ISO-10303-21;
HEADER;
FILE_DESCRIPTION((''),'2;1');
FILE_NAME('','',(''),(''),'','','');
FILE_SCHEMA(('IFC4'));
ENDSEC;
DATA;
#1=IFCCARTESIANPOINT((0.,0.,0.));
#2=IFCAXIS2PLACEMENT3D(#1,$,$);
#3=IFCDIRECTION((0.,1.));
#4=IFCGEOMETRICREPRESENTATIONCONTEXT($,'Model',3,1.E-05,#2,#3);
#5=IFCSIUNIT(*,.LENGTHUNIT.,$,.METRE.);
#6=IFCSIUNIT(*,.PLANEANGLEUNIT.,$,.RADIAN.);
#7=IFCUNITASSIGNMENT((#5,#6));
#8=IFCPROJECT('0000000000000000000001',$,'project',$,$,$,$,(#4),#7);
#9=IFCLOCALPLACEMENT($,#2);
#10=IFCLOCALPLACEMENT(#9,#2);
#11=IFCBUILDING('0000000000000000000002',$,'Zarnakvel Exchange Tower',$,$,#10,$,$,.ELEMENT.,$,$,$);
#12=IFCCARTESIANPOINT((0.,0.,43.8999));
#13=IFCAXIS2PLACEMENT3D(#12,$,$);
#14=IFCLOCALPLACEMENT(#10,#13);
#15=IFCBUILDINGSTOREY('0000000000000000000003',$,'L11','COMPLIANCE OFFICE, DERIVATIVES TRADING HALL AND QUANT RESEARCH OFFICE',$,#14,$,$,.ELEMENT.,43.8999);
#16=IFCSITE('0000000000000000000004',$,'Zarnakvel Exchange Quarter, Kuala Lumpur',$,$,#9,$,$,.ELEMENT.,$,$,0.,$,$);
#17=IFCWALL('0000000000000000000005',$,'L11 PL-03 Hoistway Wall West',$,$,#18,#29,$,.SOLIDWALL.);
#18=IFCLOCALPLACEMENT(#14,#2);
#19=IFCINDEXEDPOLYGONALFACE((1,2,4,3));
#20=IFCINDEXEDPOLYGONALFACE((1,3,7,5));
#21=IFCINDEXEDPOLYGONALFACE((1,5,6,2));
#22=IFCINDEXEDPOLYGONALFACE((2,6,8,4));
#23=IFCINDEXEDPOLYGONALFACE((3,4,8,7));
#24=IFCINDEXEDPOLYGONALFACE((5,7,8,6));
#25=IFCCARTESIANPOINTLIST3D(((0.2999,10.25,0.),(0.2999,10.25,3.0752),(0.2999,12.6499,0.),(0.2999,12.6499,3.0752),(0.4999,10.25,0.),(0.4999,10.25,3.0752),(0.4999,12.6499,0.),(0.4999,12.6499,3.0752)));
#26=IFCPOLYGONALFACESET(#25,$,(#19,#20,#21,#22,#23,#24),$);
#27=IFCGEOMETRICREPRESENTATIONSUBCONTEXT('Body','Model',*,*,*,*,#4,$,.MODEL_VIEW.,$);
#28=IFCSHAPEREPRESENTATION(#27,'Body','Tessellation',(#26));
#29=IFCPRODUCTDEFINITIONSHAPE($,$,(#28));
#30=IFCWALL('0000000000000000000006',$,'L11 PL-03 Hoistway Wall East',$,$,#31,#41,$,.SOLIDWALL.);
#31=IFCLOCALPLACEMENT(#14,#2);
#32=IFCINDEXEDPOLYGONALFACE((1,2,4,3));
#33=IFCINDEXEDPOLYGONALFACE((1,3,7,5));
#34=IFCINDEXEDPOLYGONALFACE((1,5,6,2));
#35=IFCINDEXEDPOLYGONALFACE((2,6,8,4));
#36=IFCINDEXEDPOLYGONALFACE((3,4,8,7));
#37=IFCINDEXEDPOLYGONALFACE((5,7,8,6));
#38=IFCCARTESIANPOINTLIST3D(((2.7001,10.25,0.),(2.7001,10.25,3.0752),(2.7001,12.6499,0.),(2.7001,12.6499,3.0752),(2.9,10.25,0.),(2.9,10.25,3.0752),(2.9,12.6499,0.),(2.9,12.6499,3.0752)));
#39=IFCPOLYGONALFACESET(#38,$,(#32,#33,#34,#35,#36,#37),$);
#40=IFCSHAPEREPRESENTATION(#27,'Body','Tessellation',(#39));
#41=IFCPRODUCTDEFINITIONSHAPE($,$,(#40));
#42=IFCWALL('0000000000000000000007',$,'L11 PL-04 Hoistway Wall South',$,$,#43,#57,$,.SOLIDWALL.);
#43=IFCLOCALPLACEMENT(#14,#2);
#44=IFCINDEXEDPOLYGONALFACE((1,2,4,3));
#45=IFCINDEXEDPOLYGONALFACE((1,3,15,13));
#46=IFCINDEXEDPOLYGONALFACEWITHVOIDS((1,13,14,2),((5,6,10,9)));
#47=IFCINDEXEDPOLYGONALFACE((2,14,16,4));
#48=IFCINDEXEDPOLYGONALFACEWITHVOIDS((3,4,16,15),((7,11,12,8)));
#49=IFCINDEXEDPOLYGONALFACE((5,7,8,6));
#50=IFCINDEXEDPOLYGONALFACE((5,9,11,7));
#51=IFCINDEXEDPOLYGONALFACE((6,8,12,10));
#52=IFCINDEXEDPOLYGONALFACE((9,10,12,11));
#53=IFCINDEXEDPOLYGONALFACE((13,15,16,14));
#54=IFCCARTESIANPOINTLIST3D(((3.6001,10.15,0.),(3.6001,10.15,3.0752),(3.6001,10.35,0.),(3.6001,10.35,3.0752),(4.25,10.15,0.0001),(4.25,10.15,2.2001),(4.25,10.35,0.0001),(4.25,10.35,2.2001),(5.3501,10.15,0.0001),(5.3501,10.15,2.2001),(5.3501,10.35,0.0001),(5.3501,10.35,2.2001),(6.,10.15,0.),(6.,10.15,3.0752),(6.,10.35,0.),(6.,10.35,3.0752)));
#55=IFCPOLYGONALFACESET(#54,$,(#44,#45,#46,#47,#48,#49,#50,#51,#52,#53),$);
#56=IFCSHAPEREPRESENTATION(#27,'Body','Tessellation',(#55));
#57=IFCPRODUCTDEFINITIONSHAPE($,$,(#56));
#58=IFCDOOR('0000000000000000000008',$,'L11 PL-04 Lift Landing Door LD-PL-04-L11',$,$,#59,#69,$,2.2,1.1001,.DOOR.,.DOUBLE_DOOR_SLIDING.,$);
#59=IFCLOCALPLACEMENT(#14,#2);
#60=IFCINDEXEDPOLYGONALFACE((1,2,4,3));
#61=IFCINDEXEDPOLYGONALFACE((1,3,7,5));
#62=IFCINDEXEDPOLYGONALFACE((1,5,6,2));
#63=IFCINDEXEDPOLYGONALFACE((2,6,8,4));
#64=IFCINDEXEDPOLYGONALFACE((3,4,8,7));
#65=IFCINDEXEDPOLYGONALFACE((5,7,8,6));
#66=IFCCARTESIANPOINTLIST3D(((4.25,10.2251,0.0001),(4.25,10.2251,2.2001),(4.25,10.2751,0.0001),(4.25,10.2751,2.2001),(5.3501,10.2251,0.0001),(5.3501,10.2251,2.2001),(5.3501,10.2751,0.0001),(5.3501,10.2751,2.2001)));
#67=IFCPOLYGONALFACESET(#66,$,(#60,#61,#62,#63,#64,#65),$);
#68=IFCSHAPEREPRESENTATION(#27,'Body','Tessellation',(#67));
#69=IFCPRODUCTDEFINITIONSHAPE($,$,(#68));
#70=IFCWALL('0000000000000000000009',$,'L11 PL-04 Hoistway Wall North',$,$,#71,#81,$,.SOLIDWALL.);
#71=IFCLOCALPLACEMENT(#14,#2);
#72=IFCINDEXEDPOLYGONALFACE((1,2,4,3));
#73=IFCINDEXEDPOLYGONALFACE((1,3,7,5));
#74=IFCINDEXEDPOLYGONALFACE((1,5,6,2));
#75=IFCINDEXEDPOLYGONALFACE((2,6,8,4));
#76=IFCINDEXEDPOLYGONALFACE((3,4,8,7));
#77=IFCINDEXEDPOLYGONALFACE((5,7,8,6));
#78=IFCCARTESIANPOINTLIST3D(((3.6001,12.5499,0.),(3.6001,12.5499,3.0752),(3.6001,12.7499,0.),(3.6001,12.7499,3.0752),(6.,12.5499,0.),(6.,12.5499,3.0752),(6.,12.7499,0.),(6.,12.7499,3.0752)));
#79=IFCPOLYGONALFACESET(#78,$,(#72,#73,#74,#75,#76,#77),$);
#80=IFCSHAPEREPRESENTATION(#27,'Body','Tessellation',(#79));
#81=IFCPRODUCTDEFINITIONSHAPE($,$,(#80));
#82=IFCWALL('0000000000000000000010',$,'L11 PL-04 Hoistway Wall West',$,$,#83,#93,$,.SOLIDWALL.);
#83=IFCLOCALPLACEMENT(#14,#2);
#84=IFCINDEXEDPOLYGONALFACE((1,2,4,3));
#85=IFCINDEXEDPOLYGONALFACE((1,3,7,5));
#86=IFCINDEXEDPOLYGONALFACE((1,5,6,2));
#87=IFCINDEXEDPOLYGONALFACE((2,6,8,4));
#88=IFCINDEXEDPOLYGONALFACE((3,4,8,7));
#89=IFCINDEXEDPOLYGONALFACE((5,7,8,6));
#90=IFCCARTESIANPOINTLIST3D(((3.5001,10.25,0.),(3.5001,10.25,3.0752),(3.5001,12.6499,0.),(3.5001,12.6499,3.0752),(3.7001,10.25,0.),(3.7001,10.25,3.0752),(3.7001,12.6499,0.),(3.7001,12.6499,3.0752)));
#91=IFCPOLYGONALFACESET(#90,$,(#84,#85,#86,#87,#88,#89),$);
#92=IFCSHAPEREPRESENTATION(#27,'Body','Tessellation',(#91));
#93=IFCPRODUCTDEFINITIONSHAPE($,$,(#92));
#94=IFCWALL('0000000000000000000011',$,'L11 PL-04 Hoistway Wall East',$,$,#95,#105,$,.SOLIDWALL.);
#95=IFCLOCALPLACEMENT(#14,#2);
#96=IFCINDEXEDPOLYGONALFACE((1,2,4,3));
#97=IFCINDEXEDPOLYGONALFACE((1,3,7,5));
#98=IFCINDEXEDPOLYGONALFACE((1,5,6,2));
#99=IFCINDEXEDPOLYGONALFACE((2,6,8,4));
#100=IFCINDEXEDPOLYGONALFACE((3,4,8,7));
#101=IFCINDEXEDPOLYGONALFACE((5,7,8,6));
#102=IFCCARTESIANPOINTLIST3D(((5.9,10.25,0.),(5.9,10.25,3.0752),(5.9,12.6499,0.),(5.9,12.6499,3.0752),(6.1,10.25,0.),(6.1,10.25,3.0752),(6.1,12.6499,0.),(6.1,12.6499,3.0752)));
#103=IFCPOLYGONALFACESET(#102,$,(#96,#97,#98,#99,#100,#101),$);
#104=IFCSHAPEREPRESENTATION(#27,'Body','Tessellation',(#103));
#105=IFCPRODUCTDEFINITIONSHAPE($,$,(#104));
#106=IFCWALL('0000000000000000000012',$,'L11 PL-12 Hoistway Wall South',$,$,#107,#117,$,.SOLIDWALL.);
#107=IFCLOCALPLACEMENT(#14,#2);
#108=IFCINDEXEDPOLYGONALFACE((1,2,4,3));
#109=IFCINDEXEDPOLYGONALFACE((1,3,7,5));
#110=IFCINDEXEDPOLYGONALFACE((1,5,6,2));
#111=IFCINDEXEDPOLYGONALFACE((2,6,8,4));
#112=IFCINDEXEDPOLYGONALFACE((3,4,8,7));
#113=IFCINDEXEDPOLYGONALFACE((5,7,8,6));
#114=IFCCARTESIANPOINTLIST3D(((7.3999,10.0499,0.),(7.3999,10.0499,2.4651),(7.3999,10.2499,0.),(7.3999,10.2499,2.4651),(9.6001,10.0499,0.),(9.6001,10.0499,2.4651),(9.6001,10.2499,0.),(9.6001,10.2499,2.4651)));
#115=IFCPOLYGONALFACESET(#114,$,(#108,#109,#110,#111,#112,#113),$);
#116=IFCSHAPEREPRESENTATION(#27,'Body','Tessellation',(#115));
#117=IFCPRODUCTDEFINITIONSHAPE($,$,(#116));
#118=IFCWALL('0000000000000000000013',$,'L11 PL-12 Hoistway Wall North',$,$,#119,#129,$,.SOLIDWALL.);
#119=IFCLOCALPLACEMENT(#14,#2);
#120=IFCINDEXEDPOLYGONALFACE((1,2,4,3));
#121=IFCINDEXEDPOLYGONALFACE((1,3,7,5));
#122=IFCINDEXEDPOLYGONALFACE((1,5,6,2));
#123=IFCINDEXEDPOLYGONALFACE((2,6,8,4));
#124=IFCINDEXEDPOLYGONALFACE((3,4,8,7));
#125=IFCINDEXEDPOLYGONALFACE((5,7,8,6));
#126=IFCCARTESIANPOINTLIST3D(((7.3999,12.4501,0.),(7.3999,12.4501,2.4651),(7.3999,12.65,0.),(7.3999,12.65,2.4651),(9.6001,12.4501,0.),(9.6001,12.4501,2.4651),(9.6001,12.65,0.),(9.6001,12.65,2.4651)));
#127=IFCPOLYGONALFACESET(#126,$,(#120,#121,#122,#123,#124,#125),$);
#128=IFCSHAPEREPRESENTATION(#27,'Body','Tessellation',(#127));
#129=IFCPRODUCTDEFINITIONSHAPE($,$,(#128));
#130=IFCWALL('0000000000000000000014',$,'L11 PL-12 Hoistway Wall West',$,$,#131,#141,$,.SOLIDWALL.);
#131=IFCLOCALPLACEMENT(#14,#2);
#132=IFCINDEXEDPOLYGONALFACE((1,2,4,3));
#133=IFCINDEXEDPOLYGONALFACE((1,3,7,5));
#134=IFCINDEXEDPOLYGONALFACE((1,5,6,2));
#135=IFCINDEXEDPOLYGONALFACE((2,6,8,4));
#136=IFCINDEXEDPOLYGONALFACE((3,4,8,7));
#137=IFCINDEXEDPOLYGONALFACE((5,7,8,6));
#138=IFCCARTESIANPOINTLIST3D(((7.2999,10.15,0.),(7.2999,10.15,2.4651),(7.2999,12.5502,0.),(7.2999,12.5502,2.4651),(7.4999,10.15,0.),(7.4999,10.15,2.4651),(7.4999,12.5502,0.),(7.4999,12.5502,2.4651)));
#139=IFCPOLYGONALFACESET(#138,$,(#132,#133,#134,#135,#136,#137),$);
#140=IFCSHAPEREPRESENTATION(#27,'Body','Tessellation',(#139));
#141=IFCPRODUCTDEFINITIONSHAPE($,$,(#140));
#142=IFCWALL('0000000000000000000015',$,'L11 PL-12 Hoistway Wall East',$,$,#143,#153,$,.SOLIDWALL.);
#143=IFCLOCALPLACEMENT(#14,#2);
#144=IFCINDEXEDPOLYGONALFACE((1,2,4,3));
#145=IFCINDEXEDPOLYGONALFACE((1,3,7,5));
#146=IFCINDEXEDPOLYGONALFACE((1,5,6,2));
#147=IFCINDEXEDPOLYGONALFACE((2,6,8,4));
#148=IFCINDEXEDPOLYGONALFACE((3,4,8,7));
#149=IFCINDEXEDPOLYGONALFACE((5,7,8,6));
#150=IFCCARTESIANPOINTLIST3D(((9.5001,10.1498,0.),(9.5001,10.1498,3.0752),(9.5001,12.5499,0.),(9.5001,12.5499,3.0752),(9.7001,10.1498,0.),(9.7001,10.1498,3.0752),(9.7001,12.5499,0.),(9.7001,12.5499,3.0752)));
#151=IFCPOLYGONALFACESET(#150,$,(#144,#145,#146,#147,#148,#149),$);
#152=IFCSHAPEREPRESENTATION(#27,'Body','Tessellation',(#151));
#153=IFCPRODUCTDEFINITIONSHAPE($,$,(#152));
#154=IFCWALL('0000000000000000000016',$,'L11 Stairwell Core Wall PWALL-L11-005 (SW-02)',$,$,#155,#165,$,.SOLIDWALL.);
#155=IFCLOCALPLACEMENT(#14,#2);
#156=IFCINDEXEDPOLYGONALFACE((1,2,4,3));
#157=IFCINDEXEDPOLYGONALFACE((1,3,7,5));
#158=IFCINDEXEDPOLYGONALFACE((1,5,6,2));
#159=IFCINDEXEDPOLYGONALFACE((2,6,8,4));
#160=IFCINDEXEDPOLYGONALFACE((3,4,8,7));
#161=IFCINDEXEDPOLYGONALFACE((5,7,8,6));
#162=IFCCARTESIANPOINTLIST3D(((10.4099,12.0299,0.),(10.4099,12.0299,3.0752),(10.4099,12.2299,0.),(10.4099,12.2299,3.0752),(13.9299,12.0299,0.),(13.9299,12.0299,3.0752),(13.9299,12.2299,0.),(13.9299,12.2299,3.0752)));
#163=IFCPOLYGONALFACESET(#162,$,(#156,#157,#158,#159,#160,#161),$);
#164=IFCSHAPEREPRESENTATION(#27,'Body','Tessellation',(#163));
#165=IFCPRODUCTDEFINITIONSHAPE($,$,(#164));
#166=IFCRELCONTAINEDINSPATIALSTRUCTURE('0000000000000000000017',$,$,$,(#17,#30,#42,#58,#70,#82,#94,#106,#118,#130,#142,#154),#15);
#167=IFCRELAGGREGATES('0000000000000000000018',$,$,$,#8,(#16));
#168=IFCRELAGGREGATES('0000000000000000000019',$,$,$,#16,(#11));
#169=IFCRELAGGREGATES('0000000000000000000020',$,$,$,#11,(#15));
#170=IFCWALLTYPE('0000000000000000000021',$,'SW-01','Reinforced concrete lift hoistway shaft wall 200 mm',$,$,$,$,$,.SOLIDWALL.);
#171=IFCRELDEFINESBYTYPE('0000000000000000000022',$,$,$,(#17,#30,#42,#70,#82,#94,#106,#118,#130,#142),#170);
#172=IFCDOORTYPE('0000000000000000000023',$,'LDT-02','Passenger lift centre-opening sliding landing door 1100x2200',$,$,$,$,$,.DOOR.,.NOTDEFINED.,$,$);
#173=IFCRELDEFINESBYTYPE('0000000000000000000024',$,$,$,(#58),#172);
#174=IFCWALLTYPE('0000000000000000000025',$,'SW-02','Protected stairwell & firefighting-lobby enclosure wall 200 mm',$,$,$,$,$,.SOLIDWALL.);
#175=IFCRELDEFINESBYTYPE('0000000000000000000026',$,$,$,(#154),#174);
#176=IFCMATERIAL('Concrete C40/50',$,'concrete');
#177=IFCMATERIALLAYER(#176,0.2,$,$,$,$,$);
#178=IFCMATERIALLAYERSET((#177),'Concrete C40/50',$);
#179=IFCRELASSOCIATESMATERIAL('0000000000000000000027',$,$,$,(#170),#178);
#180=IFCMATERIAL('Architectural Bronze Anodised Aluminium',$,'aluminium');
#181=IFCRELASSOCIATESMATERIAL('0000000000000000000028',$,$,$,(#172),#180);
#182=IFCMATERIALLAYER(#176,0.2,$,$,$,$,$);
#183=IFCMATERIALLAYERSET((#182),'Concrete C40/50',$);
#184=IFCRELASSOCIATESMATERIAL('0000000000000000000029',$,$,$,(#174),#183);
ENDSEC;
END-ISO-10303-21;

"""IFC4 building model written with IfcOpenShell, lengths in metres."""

from ifc_helpers import new_model, si_unit, direction, frame, frame_2d, origin, place, context, subcontext, project, spatial, rectangle, extrude, source, transform, mapped, material, layer, layer_set, type_object, element, fill, save


model = new_model("IFC4")

# Units and contexts
model_context = context("Model", 3, precision=1e-05, world=origin(), true_north=direction((0.0, 1.0)))
body_context = subcontext(model_context, "Body", "Model", "MODEL_VIEW")
ifc_project = project(units=[si_unit("LENGTHUNIT", "METRE"), si_unit("PLANEANGLEUNIT", "RADIAN")], contexts=[model_context])

# Site, building, storey
site_placement = place(None, origin())
site = spatial("IfcSite", under=ifc_project, at=site_placement, Name="Zarnakvel Exchange Quarter, Kuala Lumpur", CompositionType="ELEMENT", RefElevation=0.0)
building_placement = place(site_placement, origin())
building = spatial("IfcBuilding", under=site, at=building_placement, Name="Zarnakvel Exchange Tower", CompositionType="ELEMENT")
storey_placement = place(building_placement, frame((0.0, 0.0, 43.8999)))
storey = spatial("IfcBuildingStorey", under=building, at=storey_placement, Name="L11", Description="COMPLIANCE OFFICE, DERIVATIVES TRADING HALL AND QUANT RESEARCH OFFICE", CompositionType="ELEMENT", Elevation=43.8999)

# Shared definitions
ifc_material_1 = material(Name="Architectural Bronze Anodised Aluminium", Category="aluminium")

# Shared definitions
ifc_material_2 = material(Name="Concrete C40/50", Category="concrete")
ifc_layer_1 = layer(ifc_material_2, 0.2)
ifc_layer_set_1 = layer_set([ifc_layer_1], Name="Concrete C40/50")
wall_type_1 = type_object("IfcWallType", Name="SW-01", Description="Reinforced concrete lift hoistway shaft wall 200 mm", PredefinedType="SOLIDWALL", material=ifc_layer_set_1)
door_type = type_object("IfcDoorType", Name="LDT-02", Description="Passenger lift centre-opening sliding landing door 1100x2200", OperationType="NOTDEFINED", PredefinedType="DOOR", material=ifc_material_1)
shared_shape_1 = source(origin(), body_context, "Body", "SweptSolid", [
    extrude(rectangle(XDim=1.1001, YDim=2.2, at=frame_2d((0.55, 1.1001))), frame((0.0, 0.0249, 0.0), z_axis=(0.0, -1.0, 0.0), x_axis=(1.0, 0.0, 0.0)), (0.0, 0.0, 1.0), 0.05),
])

# Walls
for number, where, z_axis, x_axis, name in (
    (1, (0.3999, 10.25, 0.0), (0.0, 0.0, 1.0), (0.0, 1.0, 0.0), "L11 PL-03 Hoistway Wall West"),
    (2, (2.8, 12.6499, 0.0), (0.0, 0.0, 1.0), (0.0, -1.0, 0.0), "L11 PL-03 Hoistway Wall East"),
):
    element("IfcWall", number, at=place(storey_placement, frame(where, z_axis=z_axis, x_axis=x_axis)), inside=storey, type_object=wall_type_1, Name=name, PredefinedType="SOLIDWALL", context=body_context, shape_type="SweptSolid", body=[
        extrude(rectangle(XDim=2.3999, YDim=0.2, at=frame_2d((1.2, 0.0))), origin(), (0.0, 0.0, 1.0), 3.0752),
    ])

# Wall, opening, door
wall_1_placement = place(storey_placement, frame((6.0, 10.25, 0.0), z_axis=(0.0, 0.0, 1.0), x_axis=(-1.0, 0.0, 0.0)))
wall_1 = element("IfcWall", 3, at=wall_1_placement, inside=storey, type_object=wall_type_1, Name="L11 PL-04 Hoistway Wall South", PredefinedType="SOLIDWALL", context=body_context, shape_type="SweptSolid", body=[
    extrude(rectangle(XDim=2.3999, YDim=0.2, at=frame_2d((1.2, 0.0))), origin(), (0.0, 0.0, 1.0), 3.0752),
])
opening_1_placement = place(wall_1_placement, frame((0.6499, 0.0, 0.0)))
opening_1 = element("IfcOpeningElement", 4, at=opening_1_placement, cuts=wall_1, PredefinedType="OPENING", context=body_context, shape_type="SweptSolid", body=[
    extrude(rectangle(XDim=1.1001, YDim=2.2, at=frame_2d((0.55, 1.1001))), frame((0.0, 0.1099, 0.0), z_axis=(0.0, -1.0, 0.0), x_axis=(1.0, 0.0, 0.0)), (0.0, 0.0, 1.0), 0.22),
])
door_1_placement = place(opening_1_placement, origin())
door_1 = element("IfcDoor", 5, at=door_1_placement, inside=storey, type_object=door_type, Name="L11 PL-04 Lift Landing Door LD-PL-04-L11", OperationType="DOUBLE_DOOR_SLIDING", OverallHeight=2.2, OverallWidth=1.1001, PredefinedType="DOOR", context=body_context, shape_type="MappedRepresentation", body=[
    mapped(shared_shape_1, transform((0.0, 0.0, 0.0), x_axis=(1.0, 0.0, 0.0), y_axis=(0.0, 1.0, 0.0), z_axis=(0.0, 0.0, 1.0), scale=1.0)),
])
fill(opening_1, door_1)

# Walls
for number, where, z_axis, x_axis, name in (
    (6, (3.6001, 12.6499, 0.0), (0.0, 0.0, 1.0), (1.0, 0.0, 0.0), "L11 PL-04 Hoistway Wall North"),
    (7, (3.6001, 10.25, 0.0), (0.0, 0.0, 1.0), (0.0, 1.0, 0.0), "L11 PL-04 Hoistway Wall West"),
    (8, (6.0, 12.6499, 0.0), (0.0, 0.0, 1.0), (0.0, -1.0, 0.0), "L11 PL-04 Hoistway Wall East"),
):
    element("IfcWall", number, at=place(storey_placement, frame(where, z_axis=z_axis, x_axis=x_axis)), inside=storey, type_object=wall_type_1, Name=name, PredefinedType="SOLIDWALL", context=body_context, shape_type="SweptSolid", body=[
        extrude(rectangle(XDim=2.3999, YDim=0.2, at=frame_2d((1.2, 0.0))), origin(), (0.0, 0.0, 1.0), 3.0752),
    ])
for number, where, z_axis, x_axis, name in (
    (9, (9.6001, 10.1499, 0.0), (0.0, 0.0, 1.0), (-1.0, 0.0, 0.0), "L11 PL-12 Hoistway Wall South"),
    (10, (7.3999, 12.55, 0.0), (0.0, 0.0, 1.0), (1.0, 0.0, 0.0), "L11 PL-12 Hoistway Wall North"),
):
    element("IfcWall", number, at=place(storey_placement, frame(where, z_axis=z_axis, x_axis=x_axis)), inside=storey, type_object=wall_type_1, Name=name, PredefinedType="SOLIDWALL", context=body_context, shape_type="SweptSolid", body=[
        extrude(rectangle(XDim=2.2002, YDim=0.2, at=frame_2d((1.1001, 0.0))), origin(), (0.0, 0.0, 1.0), 2.4651),
    ])
wall_2_placement = place(storey_placement, frame((7.3999, 10.1499, 0.0), z_axis=(0.0, 0.0, 1.0), x_axis=(0.0, 1.0, 0.0)))
element("IfcWall", 11, at=wall_2_placement, inside=storey, type_object=wall_type_1, Name="L11 PL-12 Hoistway Wall West", PredefinedType="SOLIDWALL", context=body_context, shape_type="SweptSolid", body=[
    extrude(rectangle(XDim=2.4001, YDim=0.2, at=frame_2d((1.2002, 0.0))), origin(), (0.0, 0.0, 1.0), 2.4651),
])
wall_3_placement = place(storey_placement, frame((9.6001, 12.55, 0.0), z_axis=(0.0, 0.0, 1.0), x_axis=(0.0, -1.0, 0.0)))
element("IfcWall", 12, at=wall_3_placement, inside=storey, type_object=wall_type_1, Name="L11 PL-12 Hoistway Wall East", PredefinedType="SOLIDWALL", context=body_context, shape_type="SweptSolid", body=[
    extrude(rectangle(XDim=2.4001, YDim=0.2, at=frame_2d((1.2002, 0.0))), origin(), (0.0, 0.0, 1.0), 3.0752),
])
ifc_layer_2 = layer(ifc_material_2, 0.2)
ifc_layer_set_2 = layer_set([ifc_layer_2], Name="Concrete C40/50")
wall_type_2 = type_object("IfcWallType", Name="SW-02", Description="Protected stairwell & firefighting-lobby enclosure wall 200 mm", PredefinedType="SOLIDWALL", material=ifc_layer_set_2)
wall_4_placement = place(storey_placement, frame((10.4099, 12.1299, 0.0), z_axis=(0.0, 0.0, 1.0), x_axis=(1.0, 0.0, 0.0)))
element("IfcWall", 13, at=wall_4_placement, inside=storey, type_object=wall_type_2, Name="L11 Stairwell Core Wall PWALL-L11-005 (SW-02)", PredefinedType="SOLIDWALL", context=body_context, shape_type="SweptSolid", body=[
    extrude(rectangle(XDim=3.52, YDim=0.2, at=frame_2d((1.76, 0.0))), origin(), (0.0, 0.0, 1.0), 3.0752),
])

save(model, "model.ifc")
